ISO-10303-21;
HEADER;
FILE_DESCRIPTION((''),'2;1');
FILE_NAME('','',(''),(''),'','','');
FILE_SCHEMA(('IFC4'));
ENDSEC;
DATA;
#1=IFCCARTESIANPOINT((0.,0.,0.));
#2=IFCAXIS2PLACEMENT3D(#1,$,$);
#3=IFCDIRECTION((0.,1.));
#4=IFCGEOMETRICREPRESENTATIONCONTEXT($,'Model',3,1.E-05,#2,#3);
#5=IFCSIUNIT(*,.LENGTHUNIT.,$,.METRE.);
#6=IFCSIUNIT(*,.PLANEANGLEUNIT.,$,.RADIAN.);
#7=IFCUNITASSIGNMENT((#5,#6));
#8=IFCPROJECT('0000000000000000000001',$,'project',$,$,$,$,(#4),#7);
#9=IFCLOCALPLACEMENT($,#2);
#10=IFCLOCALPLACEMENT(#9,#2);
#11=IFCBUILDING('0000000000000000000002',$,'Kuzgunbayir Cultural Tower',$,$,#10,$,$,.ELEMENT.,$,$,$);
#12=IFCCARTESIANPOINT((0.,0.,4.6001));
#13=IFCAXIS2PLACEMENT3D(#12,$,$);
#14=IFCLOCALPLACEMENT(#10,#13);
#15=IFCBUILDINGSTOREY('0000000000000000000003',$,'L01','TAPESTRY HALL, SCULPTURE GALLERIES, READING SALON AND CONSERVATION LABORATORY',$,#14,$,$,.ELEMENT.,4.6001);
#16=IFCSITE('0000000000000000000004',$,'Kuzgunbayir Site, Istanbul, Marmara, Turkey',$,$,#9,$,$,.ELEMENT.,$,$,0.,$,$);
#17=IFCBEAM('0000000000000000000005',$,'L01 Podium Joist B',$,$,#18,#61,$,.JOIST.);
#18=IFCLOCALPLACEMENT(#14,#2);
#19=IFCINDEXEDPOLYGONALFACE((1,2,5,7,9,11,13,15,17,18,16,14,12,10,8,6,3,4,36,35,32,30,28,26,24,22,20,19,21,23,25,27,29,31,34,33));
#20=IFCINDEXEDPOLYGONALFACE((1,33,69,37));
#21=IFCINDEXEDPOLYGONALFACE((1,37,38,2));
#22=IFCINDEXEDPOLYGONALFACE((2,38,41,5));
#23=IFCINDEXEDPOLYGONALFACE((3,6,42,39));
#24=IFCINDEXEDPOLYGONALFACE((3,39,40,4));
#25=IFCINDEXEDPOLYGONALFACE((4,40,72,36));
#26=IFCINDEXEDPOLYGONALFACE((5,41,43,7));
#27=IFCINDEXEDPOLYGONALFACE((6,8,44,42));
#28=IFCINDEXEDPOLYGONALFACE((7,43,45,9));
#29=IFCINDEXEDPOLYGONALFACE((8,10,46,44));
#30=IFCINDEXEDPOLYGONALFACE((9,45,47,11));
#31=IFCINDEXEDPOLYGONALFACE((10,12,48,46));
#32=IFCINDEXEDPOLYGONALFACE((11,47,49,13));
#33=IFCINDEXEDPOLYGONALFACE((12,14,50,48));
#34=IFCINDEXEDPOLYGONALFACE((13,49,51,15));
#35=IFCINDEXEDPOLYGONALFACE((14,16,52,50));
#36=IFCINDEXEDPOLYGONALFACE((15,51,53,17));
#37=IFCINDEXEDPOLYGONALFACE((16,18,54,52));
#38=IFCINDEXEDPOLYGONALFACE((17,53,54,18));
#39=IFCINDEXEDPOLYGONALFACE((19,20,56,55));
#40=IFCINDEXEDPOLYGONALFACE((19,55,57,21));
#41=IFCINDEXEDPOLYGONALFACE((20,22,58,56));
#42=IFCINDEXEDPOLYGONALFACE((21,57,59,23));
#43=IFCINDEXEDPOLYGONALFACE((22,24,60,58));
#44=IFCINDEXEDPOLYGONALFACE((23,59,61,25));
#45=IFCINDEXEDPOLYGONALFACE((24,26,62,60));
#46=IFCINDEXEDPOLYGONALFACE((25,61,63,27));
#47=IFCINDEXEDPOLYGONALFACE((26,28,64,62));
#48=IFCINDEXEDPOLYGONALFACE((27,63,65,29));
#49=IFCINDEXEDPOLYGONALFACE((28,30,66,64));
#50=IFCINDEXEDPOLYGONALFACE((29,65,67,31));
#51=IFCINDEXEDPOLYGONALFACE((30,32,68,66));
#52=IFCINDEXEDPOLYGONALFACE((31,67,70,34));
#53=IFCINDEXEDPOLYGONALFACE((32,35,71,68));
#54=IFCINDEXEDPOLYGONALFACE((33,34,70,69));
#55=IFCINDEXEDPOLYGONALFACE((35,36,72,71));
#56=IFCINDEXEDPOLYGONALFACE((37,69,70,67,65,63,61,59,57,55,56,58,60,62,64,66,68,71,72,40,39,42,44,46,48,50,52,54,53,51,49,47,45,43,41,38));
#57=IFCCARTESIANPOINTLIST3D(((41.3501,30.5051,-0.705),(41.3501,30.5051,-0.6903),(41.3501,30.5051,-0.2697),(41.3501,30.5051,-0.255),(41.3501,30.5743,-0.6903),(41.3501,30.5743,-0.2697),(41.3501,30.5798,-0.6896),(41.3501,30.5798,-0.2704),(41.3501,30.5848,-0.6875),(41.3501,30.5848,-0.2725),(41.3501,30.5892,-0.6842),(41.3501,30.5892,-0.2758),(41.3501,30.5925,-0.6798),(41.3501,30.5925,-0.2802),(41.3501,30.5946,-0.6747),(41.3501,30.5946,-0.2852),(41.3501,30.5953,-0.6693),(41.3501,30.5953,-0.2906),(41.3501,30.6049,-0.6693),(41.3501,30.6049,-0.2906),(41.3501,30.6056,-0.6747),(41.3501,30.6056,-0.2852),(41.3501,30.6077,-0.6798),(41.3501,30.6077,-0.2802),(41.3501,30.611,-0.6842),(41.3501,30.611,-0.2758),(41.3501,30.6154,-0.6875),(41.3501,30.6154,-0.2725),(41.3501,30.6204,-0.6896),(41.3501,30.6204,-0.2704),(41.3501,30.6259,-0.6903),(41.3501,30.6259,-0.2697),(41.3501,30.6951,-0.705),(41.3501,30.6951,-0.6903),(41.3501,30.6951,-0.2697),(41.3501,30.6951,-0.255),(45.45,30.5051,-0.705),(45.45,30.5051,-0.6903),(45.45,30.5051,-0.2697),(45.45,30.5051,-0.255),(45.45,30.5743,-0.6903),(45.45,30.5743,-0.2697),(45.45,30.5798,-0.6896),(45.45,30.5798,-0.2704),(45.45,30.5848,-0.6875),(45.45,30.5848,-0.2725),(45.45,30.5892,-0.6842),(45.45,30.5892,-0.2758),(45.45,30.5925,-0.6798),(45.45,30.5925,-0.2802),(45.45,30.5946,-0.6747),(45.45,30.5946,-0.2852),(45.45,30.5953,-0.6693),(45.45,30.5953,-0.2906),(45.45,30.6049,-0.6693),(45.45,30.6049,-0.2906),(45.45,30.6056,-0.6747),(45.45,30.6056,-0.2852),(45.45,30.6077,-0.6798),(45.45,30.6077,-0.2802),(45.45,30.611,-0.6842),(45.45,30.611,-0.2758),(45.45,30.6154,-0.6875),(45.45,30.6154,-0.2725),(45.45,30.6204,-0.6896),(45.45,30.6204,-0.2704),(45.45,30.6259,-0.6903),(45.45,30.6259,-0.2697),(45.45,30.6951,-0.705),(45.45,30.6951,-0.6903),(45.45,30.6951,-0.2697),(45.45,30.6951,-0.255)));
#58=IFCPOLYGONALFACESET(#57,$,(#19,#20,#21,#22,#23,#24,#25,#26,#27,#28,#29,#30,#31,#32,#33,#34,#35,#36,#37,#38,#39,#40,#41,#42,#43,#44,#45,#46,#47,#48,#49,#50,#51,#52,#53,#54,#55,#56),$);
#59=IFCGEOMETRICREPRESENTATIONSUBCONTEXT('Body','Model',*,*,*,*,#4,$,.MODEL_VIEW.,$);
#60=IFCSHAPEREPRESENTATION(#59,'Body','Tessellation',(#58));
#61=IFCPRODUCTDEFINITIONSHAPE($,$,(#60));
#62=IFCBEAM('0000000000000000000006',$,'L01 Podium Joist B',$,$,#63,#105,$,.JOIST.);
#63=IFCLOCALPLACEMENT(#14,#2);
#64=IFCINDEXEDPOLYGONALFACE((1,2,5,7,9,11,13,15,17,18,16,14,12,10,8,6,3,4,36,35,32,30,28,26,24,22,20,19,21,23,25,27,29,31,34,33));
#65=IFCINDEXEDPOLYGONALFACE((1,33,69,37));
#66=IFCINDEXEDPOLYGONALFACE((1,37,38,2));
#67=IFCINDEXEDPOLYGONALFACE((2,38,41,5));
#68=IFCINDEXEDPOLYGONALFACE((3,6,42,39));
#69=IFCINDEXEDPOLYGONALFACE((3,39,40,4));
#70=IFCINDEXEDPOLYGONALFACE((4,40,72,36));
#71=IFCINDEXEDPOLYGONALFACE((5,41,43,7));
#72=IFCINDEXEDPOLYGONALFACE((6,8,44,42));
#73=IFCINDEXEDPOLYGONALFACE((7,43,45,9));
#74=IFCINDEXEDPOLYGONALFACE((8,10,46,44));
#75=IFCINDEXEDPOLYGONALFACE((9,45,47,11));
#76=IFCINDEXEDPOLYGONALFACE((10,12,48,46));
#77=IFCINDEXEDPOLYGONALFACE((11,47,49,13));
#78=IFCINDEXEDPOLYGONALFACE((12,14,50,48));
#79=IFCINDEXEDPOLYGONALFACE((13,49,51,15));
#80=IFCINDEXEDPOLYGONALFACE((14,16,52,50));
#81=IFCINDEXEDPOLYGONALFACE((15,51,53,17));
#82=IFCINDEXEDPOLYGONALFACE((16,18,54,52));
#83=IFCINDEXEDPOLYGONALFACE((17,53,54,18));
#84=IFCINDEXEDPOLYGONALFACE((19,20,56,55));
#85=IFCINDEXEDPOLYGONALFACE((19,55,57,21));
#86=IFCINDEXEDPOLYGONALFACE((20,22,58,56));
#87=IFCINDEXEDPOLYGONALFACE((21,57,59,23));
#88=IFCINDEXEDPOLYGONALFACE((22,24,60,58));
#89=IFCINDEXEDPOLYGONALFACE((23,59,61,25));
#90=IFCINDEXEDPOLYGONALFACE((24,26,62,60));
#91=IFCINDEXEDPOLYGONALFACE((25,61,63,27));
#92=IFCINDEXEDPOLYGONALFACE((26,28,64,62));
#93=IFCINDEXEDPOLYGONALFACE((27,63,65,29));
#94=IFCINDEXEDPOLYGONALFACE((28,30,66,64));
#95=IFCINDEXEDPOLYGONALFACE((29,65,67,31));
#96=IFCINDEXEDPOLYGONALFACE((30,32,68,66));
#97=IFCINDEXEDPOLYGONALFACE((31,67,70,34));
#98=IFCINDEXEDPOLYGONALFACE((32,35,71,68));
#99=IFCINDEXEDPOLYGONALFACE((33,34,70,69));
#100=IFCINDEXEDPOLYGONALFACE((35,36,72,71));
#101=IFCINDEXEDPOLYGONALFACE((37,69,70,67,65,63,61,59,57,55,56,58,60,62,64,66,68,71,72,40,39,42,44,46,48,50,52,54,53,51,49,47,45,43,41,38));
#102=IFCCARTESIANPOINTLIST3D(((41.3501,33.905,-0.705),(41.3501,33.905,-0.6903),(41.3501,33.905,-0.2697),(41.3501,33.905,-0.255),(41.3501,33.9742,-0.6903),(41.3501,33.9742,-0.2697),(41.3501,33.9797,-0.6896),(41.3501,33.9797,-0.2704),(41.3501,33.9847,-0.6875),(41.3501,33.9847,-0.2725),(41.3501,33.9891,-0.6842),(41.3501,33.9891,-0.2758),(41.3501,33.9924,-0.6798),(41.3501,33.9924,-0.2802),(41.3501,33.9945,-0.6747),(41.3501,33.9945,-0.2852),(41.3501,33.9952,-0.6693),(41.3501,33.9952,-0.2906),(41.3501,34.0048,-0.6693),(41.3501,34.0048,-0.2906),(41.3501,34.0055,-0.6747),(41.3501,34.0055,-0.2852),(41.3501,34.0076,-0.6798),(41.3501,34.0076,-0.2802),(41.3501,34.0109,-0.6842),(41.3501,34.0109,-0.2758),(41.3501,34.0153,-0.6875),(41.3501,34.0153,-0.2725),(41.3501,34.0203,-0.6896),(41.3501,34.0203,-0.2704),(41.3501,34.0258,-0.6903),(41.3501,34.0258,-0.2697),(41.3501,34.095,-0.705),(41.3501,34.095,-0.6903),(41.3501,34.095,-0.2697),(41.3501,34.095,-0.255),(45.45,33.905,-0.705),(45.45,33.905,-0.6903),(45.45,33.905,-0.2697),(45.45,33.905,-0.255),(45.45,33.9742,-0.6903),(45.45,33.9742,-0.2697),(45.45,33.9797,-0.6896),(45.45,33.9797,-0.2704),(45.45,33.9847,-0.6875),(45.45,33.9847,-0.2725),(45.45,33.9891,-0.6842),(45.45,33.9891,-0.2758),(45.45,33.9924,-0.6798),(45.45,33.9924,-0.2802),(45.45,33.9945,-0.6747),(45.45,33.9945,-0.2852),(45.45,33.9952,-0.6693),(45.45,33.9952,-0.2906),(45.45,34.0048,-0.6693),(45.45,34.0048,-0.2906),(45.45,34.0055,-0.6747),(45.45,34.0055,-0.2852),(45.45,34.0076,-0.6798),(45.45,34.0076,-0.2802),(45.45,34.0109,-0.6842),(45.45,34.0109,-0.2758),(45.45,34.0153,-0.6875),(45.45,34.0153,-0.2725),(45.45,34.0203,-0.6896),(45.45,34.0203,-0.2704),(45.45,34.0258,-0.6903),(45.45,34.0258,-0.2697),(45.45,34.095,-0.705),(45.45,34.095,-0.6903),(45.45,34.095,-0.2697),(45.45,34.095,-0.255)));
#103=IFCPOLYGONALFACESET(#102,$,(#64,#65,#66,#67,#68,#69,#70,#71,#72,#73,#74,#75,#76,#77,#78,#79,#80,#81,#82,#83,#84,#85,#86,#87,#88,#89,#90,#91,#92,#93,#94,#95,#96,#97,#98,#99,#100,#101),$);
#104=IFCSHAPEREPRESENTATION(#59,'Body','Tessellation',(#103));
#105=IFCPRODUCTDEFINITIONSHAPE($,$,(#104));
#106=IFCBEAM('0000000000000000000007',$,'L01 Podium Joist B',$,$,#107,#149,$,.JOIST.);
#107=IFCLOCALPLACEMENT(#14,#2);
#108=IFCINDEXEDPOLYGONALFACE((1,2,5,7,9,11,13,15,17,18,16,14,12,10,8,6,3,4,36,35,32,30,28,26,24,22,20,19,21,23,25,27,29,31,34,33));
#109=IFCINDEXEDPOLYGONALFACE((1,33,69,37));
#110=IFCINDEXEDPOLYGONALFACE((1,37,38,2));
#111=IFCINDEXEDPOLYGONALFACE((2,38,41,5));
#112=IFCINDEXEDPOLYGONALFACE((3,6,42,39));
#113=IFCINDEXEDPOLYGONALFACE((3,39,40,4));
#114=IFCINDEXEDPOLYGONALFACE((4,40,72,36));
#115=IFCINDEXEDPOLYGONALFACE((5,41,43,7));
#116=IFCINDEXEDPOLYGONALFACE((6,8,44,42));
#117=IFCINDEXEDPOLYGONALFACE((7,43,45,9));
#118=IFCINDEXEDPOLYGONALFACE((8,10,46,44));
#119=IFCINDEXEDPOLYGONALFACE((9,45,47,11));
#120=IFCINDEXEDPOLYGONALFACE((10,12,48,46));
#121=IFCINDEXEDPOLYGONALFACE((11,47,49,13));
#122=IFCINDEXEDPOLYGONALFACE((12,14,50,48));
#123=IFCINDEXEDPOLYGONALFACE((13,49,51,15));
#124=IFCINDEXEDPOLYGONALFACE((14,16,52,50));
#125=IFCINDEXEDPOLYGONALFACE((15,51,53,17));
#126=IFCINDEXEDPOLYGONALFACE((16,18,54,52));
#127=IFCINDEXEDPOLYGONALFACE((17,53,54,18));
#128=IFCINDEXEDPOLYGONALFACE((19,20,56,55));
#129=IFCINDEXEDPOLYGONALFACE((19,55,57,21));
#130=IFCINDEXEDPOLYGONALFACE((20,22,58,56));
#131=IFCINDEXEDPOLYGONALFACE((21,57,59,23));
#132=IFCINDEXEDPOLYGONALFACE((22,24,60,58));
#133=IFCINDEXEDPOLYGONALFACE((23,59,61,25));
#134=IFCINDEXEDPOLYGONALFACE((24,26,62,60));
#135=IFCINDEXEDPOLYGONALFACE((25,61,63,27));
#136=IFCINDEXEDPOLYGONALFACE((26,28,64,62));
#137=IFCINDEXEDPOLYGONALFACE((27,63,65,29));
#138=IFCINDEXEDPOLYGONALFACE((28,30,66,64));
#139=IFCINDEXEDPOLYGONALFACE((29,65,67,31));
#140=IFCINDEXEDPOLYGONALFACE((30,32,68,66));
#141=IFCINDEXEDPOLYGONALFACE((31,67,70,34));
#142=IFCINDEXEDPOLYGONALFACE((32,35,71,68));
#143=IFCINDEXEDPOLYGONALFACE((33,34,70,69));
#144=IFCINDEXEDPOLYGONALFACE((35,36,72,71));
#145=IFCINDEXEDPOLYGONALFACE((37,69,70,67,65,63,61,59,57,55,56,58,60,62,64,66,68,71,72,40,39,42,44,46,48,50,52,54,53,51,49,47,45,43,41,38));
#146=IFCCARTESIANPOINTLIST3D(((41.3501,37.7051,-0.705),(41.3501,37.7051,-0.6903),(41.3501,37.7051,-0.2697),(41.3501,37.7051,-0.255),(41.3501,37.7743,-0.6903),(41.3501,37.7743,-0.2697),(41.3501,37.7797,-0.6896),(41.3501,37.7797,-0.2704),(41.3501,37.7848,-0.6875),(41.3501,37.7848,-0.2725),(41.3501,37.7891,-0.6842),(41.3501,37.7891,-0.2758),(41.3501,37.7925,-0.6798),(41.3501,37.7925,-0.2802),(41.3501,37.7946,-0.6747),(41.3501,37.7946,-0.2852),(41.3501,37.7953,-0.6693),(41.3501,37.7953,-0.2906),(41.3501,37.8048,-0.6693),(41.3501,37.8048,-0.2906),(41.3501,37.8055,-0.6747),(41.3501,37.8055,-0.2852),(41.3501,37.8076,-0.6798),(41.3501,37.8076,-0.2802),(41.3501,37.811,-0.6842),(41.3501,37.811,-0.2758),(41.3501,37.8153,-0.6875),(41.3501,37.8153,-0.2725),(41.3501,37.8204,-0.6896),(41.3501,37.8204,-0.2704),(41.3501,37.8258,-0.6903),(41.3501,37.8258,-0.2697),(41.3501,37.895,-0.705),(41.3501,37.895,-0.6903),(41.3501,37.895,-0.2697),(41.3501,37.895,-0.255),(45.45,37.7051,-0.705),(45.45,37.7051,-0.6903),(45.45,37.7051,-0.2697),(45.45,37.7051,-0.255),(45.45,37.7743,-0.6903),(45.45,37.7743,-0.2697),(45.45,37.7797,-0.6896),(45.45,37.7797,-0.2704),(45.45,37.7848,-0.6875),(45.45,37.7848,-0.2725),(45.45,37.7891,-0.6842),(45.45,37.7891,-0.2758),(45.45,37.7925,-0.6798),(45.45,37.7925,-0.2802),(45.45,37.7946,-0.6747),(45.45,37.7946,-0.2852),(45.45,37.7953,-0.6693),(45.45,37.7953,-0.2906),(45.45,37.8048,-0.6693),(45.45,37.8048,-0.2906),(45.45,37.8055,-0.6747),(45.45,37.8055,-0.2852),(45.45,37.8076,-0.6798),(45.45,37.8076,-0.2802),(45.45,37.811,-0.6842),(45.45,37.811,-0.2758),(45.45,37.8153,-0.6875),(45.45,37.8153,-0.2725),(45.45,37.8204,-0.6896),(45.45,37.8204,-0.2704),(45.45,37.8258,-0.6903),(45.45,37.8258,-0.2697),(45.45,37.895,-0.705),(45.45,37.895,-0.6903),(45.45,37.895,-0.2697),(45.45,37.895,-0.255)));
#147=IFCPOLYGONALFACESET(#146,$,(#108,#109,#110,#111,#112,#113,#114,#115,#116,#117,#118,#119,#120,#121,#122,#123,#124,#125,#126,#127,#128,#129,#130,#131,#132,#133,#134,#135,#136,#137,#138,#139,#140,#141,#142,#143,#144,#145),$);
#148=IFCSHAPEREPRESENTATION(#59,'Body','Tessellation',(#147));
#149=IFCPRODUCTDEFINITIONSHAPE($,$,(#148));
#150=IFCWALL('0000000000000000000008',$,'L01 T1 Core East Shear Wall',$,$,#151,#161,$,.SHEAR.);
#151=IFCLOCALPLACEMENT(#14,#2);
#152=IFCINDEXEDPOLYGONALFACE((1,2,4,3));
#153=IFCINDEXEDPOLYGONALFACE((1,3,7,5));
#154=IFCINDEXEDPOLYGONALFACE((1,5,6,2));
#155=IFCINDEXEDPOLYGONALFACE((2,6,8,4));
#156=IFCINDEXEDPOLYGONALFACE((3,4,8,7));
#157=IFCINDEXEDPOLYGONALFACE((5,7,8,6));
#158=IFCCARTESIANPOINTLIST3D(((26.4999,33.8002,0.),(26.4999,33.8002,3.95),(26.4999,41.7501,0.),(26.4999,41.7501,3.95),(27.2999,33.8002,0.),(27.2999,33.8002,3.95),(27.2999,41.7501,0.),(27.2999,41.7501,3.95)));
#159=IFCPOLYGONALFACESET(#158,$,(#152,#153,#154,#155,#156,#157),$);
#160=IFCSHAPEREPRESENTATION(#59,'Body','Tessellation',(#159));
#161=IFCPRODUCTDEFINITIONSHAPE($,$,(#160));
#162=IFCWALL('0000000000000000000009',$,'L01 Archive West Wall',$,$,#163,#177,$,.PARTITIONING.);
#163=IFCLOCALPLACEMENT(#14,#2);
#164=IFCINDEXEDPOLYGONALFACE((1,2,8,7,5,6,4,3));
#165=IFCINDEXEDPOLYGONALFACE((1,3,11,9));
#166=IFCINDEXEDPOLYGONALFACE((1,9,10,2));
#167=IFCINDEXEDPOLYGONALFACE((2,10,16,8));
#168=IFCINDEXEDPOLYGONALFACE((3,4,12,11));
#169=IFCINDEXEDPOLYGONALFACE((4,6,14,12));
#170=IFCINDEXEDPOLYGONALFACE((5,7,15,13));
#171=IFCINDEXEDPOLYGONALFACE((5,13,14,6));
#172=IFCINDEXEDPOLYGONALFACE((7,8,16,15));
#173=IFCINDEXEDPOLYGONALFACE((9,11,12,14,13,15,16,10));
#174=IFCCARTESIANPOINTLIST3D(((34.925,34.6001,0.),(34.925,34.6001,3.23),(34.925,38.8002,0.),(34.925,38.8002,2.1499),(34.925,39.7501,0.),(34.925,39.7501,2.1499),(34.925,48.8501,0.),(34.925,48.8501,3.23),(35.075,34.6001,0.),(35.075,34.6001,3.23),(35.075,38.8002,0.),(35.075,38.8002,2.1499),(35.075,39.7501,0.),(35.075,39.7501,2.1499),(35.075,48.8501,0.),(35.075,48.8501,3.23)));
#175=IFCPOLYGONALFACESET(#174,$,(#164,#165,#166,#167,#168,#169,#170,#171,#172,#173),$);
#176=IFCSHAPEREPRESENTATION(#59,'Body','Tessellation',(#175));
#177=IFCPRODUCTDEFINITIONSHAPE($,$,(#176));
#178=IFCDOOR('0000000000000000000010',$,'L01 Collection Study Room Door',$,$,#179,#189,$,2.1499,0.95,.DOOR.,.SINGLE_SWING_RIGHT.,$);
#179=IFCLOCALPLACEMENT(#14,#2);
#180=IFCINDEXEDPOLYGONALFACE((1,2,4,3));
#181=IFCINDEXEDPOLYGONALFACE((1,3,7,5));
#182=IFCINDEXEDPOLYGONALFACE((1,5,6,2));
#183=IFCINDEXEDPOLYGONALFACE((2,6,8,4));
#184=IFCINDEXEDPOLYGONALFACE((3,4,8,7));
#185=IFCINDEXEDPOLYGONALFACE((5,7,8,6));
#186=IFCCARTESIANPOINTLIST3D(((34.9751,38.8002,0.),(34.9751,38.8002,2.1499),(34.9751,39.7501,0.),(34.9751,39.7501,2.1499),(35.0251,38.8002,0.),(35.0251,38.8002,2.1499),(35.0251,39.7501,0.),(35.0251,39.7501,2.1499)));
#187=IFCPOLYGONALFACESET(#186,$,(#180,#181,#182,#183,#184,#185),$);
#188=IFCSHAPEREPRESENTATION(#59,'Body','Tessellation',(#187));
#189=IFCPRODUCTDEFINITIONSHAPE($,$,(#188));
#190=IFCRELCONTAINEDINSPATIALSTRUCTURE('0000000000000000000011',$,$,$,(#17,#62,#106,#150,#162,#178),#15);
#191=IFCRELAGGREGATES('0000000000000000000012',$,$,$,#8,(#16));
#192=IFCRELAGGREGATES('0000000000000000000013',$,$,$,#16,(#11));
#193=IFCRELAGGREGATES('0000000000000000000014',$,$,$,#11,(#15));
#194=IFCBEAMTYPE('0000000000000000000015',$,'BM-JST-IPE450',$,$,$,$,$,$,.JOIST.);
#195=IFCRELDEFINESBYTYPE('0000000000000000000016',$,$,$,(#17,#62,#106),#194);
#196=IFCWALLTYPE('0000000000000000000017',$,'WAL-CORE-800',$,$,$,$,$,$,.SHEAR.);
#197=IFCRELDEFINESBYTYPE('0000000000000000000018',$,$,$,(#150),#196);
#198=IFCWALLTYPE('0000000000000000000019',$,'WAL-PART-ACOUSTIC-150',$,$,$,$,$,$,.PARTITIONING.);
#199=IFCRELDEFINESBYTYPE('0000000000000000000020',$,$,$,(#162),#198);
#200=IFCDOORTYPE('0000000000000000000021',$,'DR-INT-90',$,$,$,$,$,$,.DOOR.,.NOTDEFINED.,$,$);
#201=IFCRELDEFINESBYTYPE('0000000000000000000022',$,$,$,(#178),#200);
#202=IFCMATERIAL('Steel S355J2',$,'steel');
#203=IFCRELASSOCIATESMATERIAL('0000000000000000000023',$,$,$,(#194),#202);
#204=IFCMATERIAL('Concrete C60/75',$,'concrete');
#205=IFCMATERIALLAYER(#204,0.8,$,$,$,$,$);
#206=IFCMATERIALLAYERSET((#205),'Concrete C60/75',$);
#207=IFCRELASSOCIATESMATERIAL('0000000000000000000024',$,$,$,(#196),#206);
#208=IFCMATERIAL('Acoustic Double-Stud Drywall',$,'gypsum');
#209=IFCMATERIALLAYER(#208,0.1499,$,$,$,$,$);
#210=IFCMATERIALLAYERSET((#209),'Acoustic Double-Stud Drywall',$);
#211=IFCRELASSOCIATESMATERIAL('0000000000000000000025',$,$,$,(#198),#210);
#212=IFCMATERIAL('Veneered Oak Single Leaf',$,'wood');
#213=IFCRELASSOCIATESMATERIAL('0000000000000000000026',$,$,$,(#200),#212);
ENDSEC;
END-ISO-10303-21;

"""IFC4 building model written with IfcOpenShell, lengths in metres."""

from ifc_helpers import new_model, si_unit, direction, frame, frame_2d, origin, origin_2d, place, context, subcontext, project, spatial, rectangle, i_section, extrude, material, layer, layer_set, material_profile, profile_set, type_object, element, fill, save


model = new_model("IFC4")

# Units and contexts
model_context = context("Model", 3, precision=1e-05, world=origin(), true_north=direction((0.0, 1.0)))
body_context = subcontext(model_context, "Body", "Model", "MODEL_VIEW")
ifc_project = project(units=[si_unit("LENGTHUNIT", "METRE"), si_unit("PLANEANGLEUNIT", "RADIAN")], contexts=[model_context])

# Site, building, storey
site_placement = place(None, origin())
site = spatial("IfcSite", under=ifc_project, at=site_placement, Name="Kuzgunbayir Site, Istanbul, Marmara, Turkey", CompositionType="ELEMENT", RefElevation=0.0)
building_placement = place(site_placement, origin())
building = spatial("IfcBuilding", under=site, at=building_placement, Name="Kuzgunbayir Cultural Tower", CompositionType="ELEMENT")
storey_placement = place(building_placement, frame((0.0, 0.0, 4.6001)))
storey = spatial("IfcBuildingStorey", under=building, at=storey_placement, Name="L01", Description="TAPESTRY HALL, SCULPTURE GALLERIES, READING SALON AND CONSERVATION LABORATORY", CompositionType="ELEMENT", Elevation=4.6001)

# Shared definitions
ifc_material_1 = material(Name="Concrete C60/75", Category="concrete")

# Beams
ifc_material_2 = material(Name="Steel S355J2", Category="steel")
ifc_material_profile_1 = material_profile(ifc_material_2, i_section(OverallWidth=0.1899, OverallDepth=0.45, WebThickness=0.0095, FlangeThickness=0.0146, FilletRadius=0.021, at=origin_2d()), Name="IPE 450")
ifc_profile_set_1 = profile_set([ifc_material_profile_1], Name="Steel S355J2")
beam_type_1 = type_object("IfcBeamType", Name="BM-JST-IPE450", PredefinedType="JOIST", material=ifc_profile_set_1)
for number, where, z_axis, x_axis, name in (
    (1, (41.3501, 30.6001, -0.48), (1.0, 0.0, 0.0), (0.0, 1.0, 0.0), "L01 Podium Joist B"),
    (2, (41.3501, 34.0, -0.48), (1.0, 0.0, 0.0), (0.0, 1.0, 0.0), "L01 Podium Joist B"),
    (3, (41.3501, 37.8, -0.48), (1.0, 0.0, 0.0), (0.0, 1.0, 0.0), "L01 Podium Joist B"),
):
    element("IfcBeam", number, at=place(storey_placement, frame(where, z_axis=z_axis, x_axis=x_axis)), inside=storey, type_object=beam_type_1, Name=name, PredefinedType="JOIST", context=body_context, shape_type="SweptSolid", body=[
        extrude(i_section(OverallWidth=0.1899, OverallDepth=0.45, WebThickness=0.0095, FlangeThickness=0.0146, FilletRadius=0.021, at=origin_2d()), origin(), (0.0, 0.0, 1.0), 4.0999),
    ])

# Wall
ifc_layer_1 = layer(ifc_material_1, 0.8)
ifc_layer_set_1 = layer_set([ifc_layer_1], Name="Concrete C60/75")
wall_type_1 = type_object("IfcWallType", Name="WAL-CORE-800", PredefinedType="SHEAR", material=ifc_layer_set_1)
wall_1_placement = place(storey_placement, frame((26.8999, 33.8, 0.0), z_axis=(0.0, 0.0, 1.0), x_axis=(0.0, 1.0, 0.0)))
element("IfcWall", 4, at=wall_1_placement, inside=storey, type_object=wall_type_1, Name="L01 T1 Core East Shear Wall", PredefinedType="SHEAR", context=body_context, shape_type="SweptSolid", body=[
    extrude(rectangle(XDim=7.95, YDim=0.8, at=frame_2d((3.9751, 0.0))), origin(), (0.0, 0.0, 1.0), 3.95),
])

# Wall, opening, door
ifc_material_3 = material(Name="Acoustic Double-Stud Drywall", Category="gypsum")
ifc_layer_2 = layer(ifc_material_3, 0.1499)
ifc_layer_set_2 = layer_set([ifc_layer_2], Name="Acoustic Double-Stud Drywall")
wall_type_2 = type_object("IfcWallType", Name="WAL-PART-ACOUSTIC-150", PredefinedType="PARTITIONING", material=ifc_layer_set_2)
wall_2_placement = place(storey_placement, frame((35.0, 34.6001, 0.0), z_axis=(0.0, 0.0, 1.0), x_axis=(0.0, 1.0, 0.0)))
wall_2 = element("IfcWall", 5, at=wall_2_placement, inside=storey, type_object=wall_type_2, Name="L01 Archive West Wall", PredefinedType="PARTITIONING", context=body_context, shape_type="SweptSolid", body=[
    extrude(rectangle(XDim=14.25, YDim=0.1499, at=frame_2d((7.125, 0.0))), origin(), (0.0, 0.0, 1.0), 3.23),
])
opening_placement = place(wall_2_placement, frame((4.2, 0.0, 0.0)))
opening = element("IfcOpeningElement", 6, at=opening_placement, cuts=wall_2, PredefinedType="OPENING", context=body_context, shape_type="SweptSolid", body=[
    extrude(rectangle(XDim=0.95, YDim=2.1499, at=frame_2d((0.4751, 1.075))), frame((0.0, 0.085, 0.0), z_axis=(0.0, -1.0, 0.0), x_axis=(1.0, 0.0, 0.0)), (0.0, 0.0, 1.0), 0.1699),
])
ifc_material_4 = material(Name="Veneered Oak Single Leaf", Category="wood")
door_type = type_object("IfcDoorType", Name="DR-INT-90", OperationType="NOTDEFINED", PredefinedType="DOOR", material=ifc_material_4)
door_placement = place(opening_placement, origin())
door = element("IfcDoor", 7, at=door_placement, inside=storey, type_object=door_type, Name="L01 Collection Study Room Door", OperationType="SINGLE_SWING_RIGHT", OverallHeight=2.1499, OverallWidth=0.95, PredefinedType="DOOR", context=body_context, shape_type="SweptSolid", body=[
    extrude(rectangle(XDim=0.95, YDim=2.1499, at=frame_2d((0.4751, 1.075))), frame((0.0, 0.0249, 0.0), z_axis=(0.0, -1.0, 0.0), x_axis=(1.0, 0.0, 0.0)), (0.0, 0.0, 1.0), 0.05),
])
fill(opening, door)

save(model, "model.ifc")
